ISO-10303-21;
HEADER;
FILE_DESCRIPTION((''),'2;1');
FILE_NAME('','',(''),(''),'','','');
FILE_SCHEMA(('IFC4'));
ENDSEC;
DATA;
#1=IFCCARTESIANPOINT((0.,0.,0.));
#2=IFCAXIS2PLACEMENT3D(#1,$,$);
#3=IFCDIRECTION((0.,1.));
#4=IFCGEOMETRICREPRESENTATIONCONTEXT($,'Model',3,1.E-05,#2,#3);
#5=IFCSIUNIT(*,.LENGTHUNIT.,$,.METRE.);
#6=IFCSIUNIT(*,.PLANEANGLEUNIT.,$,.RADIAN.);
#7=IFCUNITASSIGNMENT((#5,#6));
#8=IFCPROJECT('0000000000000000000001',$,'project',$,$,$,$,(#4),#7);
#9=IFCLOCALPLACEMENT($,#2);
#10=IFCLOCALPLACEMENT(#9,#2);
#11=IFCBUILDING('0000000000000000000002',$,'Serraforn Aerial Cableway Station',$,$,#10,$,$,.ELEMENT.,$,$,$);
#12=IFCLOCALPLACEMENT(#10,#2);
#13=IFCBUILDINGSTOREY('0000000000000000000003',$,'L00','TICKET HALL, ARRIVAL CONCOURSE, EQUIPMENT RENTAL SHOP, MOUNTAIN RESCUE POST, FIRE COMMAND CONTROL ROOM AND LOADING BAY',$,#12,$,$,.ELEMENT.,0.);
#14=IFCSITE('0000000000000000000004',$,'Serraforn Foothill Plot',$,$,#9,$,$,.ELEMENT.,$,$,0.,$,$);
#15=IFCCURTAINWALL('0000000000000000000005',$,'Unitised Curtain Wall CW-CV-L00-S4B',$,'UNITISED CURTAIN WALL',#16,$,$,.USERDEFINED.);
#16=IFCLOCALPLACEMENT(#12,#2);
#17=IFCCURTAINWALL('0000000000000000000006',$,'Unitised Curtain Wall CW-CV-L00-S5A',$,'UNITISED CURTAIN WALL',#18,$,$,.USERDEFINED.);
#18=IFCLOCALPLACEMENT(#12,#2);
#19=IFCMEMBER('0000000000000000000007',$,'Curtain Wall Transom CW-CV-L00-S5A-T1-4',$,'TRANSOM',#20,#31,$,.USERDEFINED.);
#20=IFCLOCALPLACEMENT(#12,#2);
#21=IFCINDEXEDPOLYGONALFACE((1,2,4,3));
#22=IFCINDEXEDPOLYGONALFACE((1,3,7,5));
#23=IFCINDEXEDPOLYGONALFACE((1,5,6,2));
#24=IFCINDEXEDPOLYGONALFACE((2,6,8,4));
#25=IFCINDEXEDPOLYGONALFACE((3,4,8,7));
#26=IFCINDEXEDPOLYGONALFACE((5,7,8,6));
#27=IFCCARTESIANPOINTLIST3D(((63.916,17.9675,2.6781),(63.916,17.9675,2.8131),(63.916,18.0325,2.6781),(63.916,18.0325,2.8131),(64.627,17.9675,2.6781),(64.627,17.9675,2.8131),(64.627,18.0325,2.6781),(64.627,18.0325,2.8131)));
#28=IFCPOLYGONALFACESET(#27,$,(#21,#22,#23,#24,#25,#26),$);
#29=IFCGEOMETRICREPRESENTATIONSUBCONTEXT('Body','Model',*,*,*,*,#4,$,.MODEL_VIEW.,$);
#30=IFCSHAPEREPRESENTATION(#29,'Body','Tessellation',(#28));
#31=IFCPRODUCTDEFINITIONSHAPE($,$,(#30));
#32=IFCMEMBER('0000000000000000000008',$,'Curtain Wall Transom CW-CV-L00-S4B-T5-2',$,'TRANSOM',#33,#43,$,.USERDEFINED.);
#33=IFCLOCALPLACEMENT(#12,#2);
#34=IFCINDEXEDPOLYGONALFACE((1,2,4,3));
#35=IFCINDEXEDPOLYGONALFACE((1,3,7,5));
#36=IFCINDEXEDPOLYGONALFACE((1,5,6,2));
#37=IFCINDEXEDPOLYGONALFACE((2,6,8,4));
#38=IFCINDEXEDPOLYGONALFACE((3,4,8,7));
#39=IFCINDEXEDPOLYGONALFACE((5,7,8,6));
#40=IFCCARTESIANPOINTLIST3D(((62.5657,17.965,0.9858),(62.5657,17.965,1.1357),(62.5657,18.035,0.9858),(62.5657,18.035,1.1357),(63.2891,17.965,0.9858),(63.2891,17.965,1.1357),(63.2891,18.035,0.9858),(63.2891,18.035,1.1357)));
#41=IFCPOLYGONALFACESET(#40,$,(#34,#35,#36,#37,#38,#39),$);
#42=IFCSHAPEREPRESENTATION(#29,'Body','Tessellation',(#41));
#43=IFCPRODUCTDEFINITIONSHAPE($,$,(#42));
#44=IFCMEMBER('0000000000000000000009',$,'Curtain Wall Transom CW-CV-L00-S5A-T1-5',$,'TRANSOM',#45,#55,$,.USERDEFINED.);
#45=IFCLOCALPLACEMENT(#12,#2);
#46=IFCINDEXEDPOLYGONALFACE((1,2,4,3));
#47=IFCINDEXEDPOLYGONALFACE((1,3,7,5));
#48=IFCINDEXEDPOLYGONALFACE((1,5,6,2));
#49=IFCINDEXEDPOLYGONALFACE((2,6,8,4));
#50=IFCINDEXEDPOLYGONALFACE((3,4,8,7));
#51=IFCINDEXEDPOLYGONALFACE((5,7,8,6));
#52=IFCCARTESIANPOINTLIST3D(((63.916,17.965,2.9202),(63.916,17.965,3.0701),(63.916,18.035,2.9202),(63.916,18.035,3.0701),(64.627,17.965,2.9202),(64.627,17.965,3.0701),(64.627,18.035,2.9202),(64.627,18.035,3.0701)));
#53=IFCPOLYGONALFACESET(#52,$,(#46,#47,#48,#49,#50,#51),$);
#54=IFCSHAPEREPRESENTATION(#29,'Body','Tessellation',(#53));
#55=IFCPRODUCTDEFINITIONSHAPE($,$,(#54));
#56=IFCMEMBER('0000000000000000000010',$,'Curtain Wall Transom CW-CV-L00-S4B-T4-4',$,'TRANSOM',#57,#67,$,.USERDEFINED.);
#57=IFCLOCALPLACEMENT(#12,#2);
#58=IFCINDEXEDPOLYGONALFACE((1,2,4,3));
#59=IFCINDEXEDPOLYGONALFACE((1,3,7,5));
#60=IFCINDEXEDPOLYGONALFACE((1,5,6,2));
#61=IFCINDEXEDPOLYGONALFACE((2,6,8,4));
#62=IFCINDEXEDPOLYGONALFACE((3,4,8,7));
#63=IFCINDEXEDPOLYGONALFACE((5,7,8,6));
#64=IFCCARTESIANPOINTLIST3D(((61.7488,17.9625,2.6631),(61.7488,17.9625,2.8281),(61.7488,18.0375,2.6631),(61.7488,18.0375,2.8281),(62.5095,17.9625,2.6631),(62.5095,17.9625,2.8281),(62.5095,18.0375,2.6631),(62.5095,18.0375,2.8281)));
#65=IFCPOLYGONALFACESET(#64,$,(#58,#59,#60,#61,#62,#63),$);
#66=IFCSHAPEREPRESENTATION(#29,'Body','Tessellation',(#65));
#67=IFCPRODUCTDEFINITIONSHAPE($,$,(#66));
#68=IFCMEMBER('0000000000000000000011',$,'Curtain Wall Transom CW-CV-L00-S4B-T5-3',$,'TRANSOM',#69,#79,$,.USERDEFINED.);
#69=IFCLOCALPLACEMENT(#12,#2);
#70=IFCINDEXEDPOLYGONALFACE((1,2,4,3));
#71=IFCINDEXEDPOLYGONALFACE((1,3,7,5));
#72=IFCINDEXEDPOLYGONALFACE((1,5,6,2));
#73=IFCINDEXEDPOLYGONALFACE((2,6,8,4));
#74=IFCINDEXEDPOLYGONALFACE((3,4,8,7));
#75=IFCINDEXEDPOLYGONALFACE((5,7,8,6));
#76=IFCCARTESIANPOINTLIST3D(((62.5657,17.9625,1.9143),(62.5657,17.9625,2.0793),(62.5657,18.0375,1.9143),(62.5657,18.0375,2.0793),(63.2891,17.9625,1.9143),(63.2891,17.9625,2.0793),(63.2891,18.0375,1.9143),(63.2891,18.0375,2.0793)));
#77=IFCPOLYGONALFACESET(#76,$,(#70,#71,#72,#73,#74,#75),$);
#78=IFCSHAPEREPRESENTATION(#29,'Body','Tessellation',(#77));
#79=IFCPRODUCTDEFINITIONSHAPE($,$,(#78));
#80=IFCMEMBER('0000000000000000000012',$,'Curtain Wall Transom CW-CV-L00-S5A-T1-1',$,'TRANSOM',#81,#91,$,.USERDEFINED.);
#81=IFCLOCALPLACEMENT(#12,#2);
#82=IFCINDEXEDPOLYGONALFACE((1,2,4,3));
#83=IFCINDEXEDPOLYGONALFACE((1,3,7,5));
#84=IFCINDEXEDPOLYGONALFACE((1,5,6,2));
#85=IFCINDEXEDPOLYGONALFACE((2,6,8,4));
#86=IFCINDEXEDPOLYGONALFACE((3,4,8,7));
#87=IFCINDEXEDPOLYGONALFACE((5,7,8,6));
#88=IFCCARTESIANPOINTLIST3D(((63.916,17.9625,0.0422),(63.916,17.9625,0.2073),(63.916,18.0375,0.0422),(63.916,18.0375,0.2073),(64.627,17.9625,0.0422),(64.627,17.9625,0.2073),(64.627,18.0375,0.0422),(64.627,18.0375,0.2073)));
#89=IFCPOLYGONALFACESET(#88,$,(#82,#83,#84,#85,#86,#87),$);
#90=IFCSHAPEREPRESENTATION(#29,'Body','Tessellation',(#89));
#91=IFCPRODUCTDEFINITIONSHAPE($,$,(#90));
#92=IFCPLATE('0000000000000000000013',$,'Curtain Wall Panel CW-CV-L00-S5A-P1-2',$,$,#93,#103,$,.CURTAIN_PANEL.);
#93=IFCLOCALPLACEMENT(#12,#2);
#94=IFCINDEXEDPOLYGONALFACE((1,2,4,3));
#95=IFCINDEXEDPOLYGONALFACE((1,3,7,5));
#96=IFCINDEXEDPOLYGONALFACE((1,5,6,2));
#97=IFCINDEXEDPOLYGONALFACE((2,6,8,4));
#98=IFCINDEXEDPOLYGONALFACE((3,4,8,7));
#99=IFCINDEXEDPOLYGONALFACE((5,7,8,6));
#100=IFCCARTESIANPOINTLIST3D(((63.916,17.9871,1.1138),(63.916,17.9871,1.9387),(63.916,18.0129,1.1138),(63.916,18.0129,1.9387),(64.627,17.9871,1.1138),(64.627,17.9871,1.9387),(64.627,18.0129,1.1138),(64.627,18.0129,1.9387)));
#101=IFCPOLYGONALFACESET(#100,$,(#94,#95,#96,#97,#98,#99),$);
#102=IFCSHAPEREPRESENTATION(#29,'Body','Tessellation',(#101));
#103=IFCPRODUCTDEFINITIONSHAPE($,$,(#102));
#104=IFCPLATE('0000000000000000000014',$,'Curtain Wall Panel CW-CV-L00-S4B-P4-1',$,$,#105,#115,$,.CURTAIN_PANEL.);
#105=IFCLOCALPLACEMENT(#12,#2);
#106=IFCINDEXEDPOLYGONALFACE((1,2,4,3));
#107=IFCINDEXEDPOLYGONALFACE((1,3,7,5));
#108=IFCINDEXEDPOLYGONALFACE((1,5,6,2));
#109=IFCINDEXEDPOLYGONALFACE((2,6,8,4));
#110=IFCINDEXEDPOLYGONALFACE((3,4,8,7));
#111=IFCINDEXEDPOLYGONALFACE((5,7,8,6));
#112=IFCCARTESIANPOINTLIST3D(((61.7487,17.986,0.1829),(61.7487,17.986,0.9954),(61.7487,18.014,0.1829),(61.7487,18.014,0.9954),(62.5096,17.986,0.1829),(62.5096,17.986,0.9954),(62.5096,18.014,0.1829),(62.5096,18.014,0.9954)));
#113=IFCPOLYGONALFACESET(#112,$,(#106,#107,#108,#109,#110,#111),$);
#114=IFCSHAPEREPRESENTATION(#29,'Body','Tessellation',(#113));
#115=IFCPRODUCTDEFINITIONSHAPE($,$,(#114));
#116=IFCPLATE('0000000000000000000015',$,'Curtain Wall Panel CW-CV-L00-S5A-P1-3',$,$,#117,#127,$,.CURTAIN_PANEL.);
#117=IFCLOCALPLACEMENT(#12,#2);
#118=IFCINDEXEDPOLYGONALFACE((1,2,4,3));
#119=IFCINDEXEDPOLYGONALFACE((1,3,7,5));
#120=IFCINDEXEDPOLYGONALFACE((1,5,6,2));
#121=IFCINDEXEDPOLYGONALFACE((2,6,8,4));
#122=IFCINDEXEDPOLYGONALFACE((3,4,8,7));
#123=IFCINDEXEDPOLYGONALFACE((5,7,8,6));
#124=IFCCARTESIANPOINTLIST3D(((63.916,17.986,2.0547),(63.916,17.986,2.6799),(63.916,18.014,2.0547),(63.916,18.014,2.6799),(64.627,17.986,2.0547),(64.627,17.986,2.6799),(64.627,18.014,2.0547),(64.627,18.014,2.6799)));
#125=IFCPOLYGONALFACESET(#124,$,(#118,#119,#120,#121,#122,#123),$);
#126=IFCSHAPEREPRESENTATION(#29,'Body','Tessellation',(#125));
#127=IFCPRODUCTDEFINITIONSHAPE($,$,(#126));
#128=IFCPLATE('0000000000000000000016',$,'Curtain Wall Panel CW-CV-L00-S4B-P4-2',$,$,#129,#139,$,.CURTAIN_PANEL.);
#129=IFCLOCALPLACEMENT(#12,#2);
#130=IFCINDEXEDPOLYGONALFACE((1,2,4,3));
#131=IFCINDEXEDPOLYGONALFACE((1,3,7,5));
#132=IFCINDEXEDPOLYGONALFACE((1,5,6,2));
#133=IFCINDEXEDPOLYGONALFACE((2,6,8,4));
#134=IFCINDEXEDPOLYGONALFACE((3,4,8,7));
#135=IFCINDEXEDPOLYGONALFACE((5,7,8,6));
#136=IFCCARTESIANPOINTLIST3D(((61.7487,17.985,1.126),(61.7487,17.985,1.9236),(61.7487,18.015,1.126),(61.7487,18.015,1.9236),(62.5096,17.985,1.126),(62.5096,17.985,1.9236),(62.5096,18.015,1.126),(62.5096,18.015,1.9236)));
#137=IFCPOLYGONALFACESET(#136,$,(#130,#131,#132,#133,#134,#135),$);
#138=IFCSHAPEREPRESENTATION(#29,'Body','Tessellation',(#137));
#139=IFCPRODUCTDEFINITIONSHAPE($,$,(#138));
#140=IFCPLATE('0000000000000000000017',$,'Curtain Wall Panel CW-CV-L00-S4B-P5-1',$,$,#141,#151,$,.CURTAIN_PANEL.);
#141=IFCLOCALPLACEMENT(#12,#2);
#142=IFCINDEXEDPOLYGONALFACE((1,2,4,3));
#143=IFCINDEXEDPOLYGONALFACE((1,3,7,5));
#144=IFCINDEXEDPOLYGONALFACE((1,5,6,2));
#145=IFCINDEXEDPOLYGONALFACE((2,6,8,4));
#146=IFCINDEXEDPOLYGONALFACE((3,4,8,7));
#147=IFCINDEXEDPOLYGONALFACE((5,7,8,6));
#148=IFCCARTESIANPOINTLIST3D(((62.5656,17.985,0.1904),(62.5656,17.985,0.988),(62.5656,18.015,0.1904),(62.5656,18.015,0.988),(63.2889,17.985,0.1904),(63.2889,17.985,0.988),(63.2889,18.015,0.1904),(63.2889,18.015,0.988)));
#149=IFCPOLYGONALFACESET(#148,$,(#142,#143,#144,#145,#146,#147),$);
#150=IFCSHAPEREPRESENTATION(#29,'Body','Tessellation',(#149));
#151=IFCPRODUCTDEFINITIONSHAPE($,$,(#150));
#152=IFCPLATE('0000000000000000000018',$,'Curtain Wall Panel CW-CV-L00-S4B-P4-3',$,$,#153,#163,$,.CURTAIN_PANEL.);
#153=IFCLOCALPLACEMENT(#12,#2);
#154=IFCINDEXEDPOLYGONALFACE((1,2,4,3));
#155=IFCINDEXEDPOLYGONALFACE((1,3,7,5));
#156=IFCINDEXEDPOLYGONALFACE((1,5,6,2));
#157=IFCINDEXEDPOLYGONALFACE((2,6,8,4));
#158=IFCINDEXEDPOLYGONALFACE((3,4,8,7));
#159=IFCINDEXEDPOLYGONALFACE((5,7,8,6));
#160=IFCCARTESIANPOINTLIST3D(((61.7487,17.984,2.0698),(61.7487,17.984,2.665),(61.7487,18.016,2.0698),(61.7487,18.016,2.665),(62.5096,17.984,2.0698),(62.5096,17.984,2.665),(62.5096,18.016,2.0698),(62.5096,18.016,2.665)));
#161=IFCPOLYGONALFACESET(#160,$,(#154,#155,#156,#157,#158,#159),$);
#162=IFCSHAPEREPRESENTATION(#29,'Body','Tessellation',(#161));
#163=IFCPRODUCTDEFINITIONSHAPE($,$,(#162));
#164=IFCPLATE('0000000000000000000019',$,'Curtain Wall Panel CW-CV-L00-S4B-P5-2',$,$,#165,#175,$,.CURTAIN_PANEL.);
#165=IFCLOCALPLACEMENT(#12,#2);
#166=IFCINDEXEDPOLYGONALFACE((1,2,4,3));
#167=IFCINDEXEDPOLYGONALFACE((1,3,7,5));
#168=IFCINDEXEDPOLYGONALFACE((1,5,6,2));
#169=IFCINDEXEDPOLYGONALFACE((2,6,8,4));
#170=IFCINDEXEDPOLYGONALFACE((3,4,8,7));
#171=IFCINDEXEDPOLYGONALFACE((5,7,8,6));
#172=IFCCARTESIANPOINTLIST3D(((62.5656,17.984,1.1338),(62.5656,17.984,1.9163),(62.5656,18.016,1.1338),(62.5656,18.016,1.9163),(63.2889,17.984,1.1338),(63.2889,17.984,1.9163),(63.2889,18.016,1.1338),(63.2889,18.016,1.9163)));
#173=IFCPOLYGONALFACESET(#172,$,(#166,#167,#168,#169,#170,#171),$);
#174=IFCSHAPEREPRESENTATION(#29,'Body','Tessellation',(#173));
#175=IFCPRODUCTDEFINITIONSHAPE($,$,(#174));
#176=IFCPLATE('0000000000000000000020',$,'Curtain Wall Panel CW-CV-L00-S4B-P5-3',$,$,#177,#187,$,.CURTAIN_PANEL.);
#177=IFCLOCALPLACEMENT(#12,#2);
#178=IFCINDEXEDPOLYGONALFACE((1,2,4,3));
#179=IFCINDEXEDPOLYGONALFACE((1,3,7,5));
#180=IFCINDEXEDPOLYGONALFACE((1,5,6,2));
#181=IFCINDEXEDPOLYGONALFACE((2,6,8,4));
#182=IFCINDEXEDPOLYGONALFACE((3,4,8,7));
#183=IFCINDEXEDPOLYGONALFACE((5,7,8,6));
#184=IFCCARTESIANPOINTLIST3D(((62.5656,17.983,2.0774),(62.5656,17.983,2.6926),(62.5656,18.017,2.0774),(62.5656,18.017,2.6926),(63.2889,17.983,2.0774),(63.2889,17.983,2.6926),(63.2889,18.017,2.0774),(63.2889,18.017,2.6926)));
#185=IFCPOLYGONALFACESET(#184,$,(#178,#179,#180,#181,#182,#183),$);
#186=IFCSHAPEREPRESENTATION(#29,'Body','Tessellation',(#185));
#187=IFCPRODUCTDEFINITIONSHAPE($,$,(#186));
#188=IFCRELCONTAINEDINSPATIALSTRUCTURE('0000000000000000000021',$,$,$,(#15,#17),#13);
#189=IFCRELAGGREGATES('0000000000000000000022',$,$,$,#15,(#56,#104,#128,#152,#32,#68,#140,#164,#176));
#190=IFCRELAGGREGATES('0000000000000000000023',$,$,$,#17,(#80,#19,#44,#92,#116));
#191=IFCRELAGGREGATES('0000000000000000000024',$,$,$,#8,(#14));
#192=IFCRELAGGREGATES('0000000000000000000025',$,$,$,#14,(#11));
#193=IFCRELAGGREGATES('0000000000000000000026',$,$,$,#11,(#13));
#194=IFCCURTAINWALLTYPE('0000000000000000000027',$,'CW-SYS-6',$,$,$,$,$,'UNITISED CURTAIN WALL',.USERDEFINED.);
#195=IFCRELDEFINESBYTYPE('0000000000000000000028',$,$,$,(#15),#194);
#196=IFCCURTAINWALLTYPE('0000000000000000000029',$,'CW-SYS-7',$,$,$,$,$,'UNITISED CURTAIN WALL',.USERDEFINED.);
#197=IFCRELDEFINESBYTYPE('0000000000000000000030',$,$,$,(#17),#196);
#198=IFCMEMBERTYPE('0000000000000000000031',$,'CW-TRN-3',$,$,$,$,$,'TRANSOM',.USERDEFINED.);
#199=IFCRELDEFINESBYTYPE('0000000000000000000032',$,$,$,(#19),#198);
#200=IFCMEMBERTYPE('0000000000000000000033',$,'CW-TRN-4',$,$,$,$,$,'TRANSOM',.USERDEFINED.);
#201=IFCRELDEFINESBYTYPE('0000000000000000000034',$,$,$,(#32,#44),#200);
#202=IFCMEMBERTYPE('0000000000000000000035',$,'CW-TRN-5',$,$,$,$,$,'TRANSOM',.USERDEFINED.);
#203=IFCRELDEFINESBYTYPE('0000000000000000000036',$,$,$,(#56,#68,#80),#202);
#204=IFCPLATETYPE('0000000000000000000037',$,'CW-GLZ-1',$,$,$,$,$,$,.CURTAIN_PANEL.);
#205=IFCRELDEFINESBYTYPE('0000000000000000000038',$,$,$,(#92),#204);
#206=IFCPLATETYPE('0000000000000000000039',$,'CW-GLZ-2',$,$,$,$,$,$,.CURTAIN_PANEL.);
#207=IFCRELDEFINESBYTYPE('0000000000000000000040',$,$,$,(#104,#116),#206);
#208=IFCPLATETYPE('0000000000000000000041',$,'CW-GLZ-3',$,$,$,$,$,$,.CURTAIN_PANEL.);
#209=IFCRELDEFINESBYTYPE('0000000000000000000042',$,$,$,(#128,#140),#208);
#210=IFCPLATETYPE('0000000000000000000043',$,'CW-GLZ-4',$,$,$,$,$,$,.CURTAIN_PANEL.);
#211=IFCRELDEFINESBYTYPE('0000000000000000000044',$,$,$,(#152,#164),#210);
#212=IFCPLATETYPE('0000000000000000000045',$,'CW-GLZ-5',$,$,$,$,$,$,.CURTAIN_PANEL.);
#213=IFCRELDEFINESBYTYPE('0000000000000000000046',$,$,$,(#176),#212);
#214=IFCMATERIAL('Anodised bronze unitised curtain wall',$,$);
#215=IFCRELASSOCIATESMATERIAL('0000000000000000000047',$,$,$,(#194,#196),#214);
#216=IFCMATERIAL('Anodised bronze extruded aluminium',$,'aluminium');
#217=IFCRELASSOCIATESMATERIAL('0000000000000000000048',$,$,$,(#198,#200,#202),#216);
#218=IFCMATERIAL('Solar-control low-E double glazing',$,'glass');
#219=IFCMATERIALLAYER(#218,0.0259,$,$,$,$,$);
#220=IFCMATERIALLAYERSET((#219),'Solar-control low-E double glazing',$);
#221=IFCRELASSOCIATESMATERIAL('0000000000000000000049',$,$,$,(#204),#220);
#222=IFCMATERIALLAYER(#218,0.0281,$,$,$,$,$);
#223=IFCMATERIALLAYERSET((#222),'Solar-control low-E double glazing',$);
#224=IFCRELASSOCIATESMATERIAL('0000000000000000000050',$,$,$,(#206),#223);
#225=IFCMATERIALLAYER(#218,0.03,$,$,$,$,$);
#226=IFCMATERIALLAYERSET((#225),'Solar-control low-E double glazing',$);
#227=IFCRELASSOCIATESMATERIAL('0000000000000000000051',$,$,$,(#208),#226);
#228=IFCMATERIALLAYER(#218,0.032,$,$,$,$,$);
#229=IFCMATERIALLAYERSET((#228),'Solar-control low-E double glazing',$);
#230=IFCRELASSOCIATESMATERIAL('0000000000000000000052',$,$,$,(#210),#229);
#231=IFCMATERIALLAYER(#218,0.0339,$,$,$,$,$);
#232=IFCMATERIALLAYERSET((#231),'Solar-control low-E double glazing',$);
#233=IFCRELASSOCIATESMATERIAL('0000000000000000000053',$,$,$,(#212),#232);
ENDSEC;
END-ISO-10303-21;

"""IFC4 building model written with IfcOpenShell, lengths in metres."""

from ifc_helpers import new_model, si_unit, direction, frame, origin, origin_2d, place, context, subcontext, project, spatial, rectangle, extrude, material, layer, layer_set, material_profile, profile_set, type_object, element, aggregate, save


model = new_model("IFC4")

# Units and contexts
model_context = context("Model", 3, precision=1e-05, world=origin(), true_north=direction((0.0, 1.0)))
body_context = subcontext(model_context, "Body", "Model", "MODEL_VIEW")
ifc_project = project(units=[si_unit("LENGTHUNIT", "METRE"), si_unit("PLANEANGLEUNIT", "RADIAN")], contexts=[model_context])

# Site, building, storey
site_placement = place(None, origin())
site = spatial("IfcSite", under=ifc_project, at=site_placement, Name="Serraforn Foothill Plot", CompositionType="ELEMENT", RefElevation=0.0)
building_placement = place(site_placement, origin())
building = spatial("IfcBuilding", under=site, at=building_placement, Name="Serraforn Aerial Cableway Station", CompositionType="ELEMENT")
storey_placement = place(building_placement, origin())
storey = spatial("IfcBuildingStorey", under=building, at=storey_placement, Name="L00", Description="TICKET HALL, ARRIVAL CONCOURSE, EQUIPMENT RENTAL SHOP, MOUNTAIN RESCUE POST, FIRE COMMAND CONTROL ROOM AND LOADING BAY", CompositionType="ELEMENT", Elevation=0.0)

# Curtain walls
ifc_material_1 = material(Name="Anodised bronze unitised curtain wall")
curtain_wall_type_1 = type_object("IfcCurtainWallType", Name="CW-SYS-6", ElementType="UNITISED CURTAIN WALL", PredefinedType="USERDEFINED", material=ifc_material_1)
curtain_wall_1_placement = place(storey_placement, origin())
curtain_wall_1 = element("IfcCurtainWall", 1, at=curtain_wall_1_placement, inside=storey, type_object=curtain_wall_type_1, Name="Unitised Curtain Wall CW-CV-L00-S4B", ObjectType="UNITISED CURTAIN WALL", PredefinedType="USERDEFINED")
ifc_material_2 = material(Name="Anodised bronze extruded aluminium", Category="aluminium")
curtain_wall_type_2 = type_object("IfcCurtainWallType", Name="CW-SYS-7", ElementType="UNITISED CURTAIN WALL", PredefinedType="USERDEFINED", material=ifc_material_1)
curtain_wall_2_placement = place(storey_placement, origin())
curtain_wall_2 = element("IfcCurtainWall", 2, at=curtain_wall_2_placement, inside=storey, type_object=curtain_wall_type_2, Name="Unitised Curtain Wall CW-CV-L00-S5A", ObjectType="UNITISED CURTAIN WALL", PredefinedType="USERDEFINED")

# Members
ifc_material_profile_1 = material_profile(ifc_material_2, rectangle(XDim=0.0649, YDim=0.135, at=origin_2d()), Name="CW TRANSOM 65x135")
ifc_profile_set_1 = profile_set([ifc_material_profile_1], Name="Anodised bronze extruded aluminium")
member_type_1 = type_object("IfcMemberType", Name="CW-TRN-3", ElementType="TRANSOM", PredefinedType="USERDEFINED", material=ifc_profile_set_1)
member_1_placement = place(storey_placement, frame((63.916, 18.0, 2.7456), z_axis=(1.0, 0.0, 0.0), x_axis=(0.0, 1.0, 0.0)))
member_1 = element("IfcMember", 3, at=member_1_placement, type_object=member_type_1, Name="Curtain Wall Transom CW-CV-L00-S5A-T1-4", ObjectType="TRANSOM", PredefinedType="USERDEFINED", context=body_context, shape_type="SweptSolid", body=[
    extrude(rectangle(XDim=0.0649, YDim=0.135, at=origin_2d()), origin(), (0.0, 0.0, 1.0), 0.7109),
])
ifc_material_profile_2 = material_profile(ifc_material_2, rectangle(XDim=0.0701, YDim=0.1499, at=origin_2d()), Name="CW TRANSOM 70x150")
ifc_profile_set_2 = profile_set([ifc_material_profile_2], Name="Anodised bronze extruded aluminium")
member_type_2 = type_object("IfcMemberType", Name="CW-TRN-4", ElementType="TRANSOM", PredefinedType="USERDEFINED", material=ifc_profile_set_2)
member_2_placement = place(storey_placement, frame((62.5657, 18.0, 1.0608), z_axis=(1.0, 0.0, 0.0), x_axis=(0.0, 1.0, 0.0)))
member_2 = element("IfcMember", 4, at=member_2_placement, type_object=member_type_2, Name="Curtain Wall Transom CW-CV-L00-S4B-T5-2", ObjectType="TRANSOM", PredefinedType="USERDEFINED", context=body_context, shape_type="SweptSolid", body=[
    extrude(rectangle(XDim=0.0701, YDim=0.1499, at=origin_2d()), origin(), (0.0, 0.0, 1.0), 0.7234),
])
member_3_placement = place(storey_placement, frame((63.916, 18.0, 2.9951), z_axis=(1.0, 0.0, 0.0), x_axis=(0.0, 1.0, 0.0)))
member_3 = element("IfcMember", 5, at=member_3_placement, type_object=member_type_2, Name="Curtain Wall Transom CW-CV-L00-S5A-T1-5", ObjectType="TRANSOM", PredefinedType="USERDEFINED", context=body_context, shape_type="SweptSolid", body=[
    extrude(rectangle(XDim=0.0701, YDim=0.1499, at=origin_2d()), origin(), (0.0, 0.0, 1.0), 0.7109),
])
ifc_material_profile_3 = material_profile(ifc_material_2, rectangle(XDim=0.075, YDim=0.165, at=origin_2d()), Name="CW TRANSOM 75x165")
ifc_profile_set_3 = profile_set([ifc_material_profile_3], Name="Anodised bronze extruded aluminium")
member_type_3 = type_object("IfcMemberType", Name="CW-TRN-5", ElementType="TRANSOM", PredefinedType="USERDEFINED", material=ifc_profile_set_3)
member_4_placement = place(storey_placement, frame((61.7488, 18.0, 2.7456), z_axis=(1.0, 0.0, 0.0), x_axis=(0.0, 1.0, 0.0)))
member_4 = element("IfcMember", 6, at=member_4_placement, type_object=member_type_3, Name="Curtain Wall Transom CW-CV-L00-S4B-T4-4", ObjectType="TRANSOM", PredefinedType="USERDEFINED", context=body_context, shape_type="SweptSolid", body=[
    extrude(rectangle(XDim=0.075, YDim=0.165, at=origin_2d()), origin(), (0.0, 0.0, 1.0), 0.7607),
])
member_5_placement = place(storey_placement, frame((62.5657, 18.0, 1.9968), z_axis=(1.0, 0.0, 0.0), x_axis=(0.0, 1.0, 0.0)))
member_5 = element("IfcMember", 7, at=member_5_placement, type_object=member_type_3, Name="Curtain Wall Transom CW-CV-L00-S4B-T5-3", ObjectType="TRANSOM", PredefinedType="USERDEFINED", context=body_context, shape_type="SweptSolid", body=[
    extrude(rectangle(XDim=0.075, YDim=0.165, at=origin_2d()), origin(), (0.0, 0.0, 1.0), 0.7234),
])
member_6_placement = place(storey_placement, frame((63.916, 18.0, 0.1248), z_axis=(1.0, 0.0, 0.0), x_axis=(0.0, 1.0, 0.0)))
member_6 = element("IfcMember", 8, at=member_6_placement, type_object=member_type_3, Name="Curtain Wall Transom CW-CV-L00-S5A-T1-1", ObjectType="TRANSOM", PredefinedType="USERDEFINED", context=body_context, shape_type="SweptSolid", body=[
    extrude(rectangle(XDim=0.075, YDim=0.165, at=origin_2d()), origin(), (0.0, 0.0, 1.0), 0.7109),
])

# Plates
ifc_material_3 = material(Name="Solar-control low-E double glazing", Category="glass")
ifc_layer_1 = layer(ifc_material_3, 0.0259)
ifc_layer_set_1 = layer_set([ifc_layer_1], Name="Solar-control low-E double glazing")
plate_type_1 = type_object("IfcPlateType", Name="CW-GLZ-1", PredefinedType="CURTAIN_PANEL", material=ifc_layer_set_1)
plate_1_placement = place(storey_placement, frame((64.2715, 18.0, 1.1138), z_axis=(0.0, 0.0, 1.0), x_axis=(1.0, 0.0, 0.0)))
plate_1 = element("IfcPlate", 9, at=plate_1_placement, type_object=plate_type_1, Name="Curtain Wall Panel CW-CV-L00-S5A-P1-2", PredefinedType="CURTAIN_PANEL", context=body_context, shape_type="SweptSolid", body=[
    extrude(rectangle(XDim=0.7109, YDim=0.0259, at=origin_2d()), origin(), (0.0, 0.0, 1.0), 0.825),
])
ifc_layer_2 = layer(ifc_material_3, 0.0281)
ifc_layer_set_2 = layer_set([ifc_layer_2], Name="Solar-control low-E double glazing")
plate_type_2 = type_object("IfcPlateType", Name="CW-GLZ-2", PredefinedType="CURTAIN_PANEL", material=ifc_layer_set_2)
plate_2_placement = place(storey_placement, frame((62.1292, 18.0, 0.1829), z_axis=(0.0, 0.0, 1.0), x_axis=(1.0, 0.0, 0.0)))
plate_2 = element("IfcPlate", 10, at=plate_2_placement, type_object=plate_type_2, Name="Curtain Wall Panel CW-CV-L00-S4B-P4-1", PredefinedType="CURTAIN_PANEL", context=body_context, shape_type="SweptSolid", body=[
    extrude(rectangle(XDim=0.761, YDim=0.0281, at=origin_2d()), origin(), (0.0, 0.0, 1.0), 0.8125),
])
plate_3_placement = place(storey_placement, frame((64.2715, 18.0, 2.0547), z_axis=(0.0, 0.0, 1.0), x_axis=(1.0, 0.0, 0.0)))
plate_3 = element("IfcPlate", 11, at=plate_3_placement, type_object=plate_type_2, Name="Curtain Wall Panel CW-CV-L00-S5A-P1-3", PredefinedType="CURTAIN_PANEL", context=body_context, shape_type="SweptSolid", body=[
    extrude(rectangle(XDim=0.7109, YDim=0.0281, at=origin_2d()), origin(), (0.0, 0.0, 1.0), 0.6252),
])
ifc_layer_3 = layer(ifc_material_3, 0.03)
ifc_layer_set_3 = layer_set([ifc_layer_3], Name="Solar-control low-E double glazing")
plate_type_3 = type_object("IfcPlateType", Name="CW-GLZ-3", PredefinedType="CURTAIN_PANEL", material=ifc_layer_set_3)
plate_4_placement = place(storey_placement, frame((62.1292, 18.0, 1.126), z_axis=(0.0, 0.0, 1.0), x_axis=(1.0, 0.0, 0.0)))
plate_4 = element("IfcPlate", 12, at=plate_4_placement, type_object=plate_type_3, Name="Curtain Wall Panel CW-CV-L00-S4B-P4-2", PredefinedType="CURTAIN_PANEL", context=body_context, shape_type="SweptSolid", body=[
    extrude(rectangle(XDim=0.761, YDim=0.03, at=origin_2d()), origin(), (0.0, 0.0, 1.0), 0.7976),
])
plate_5_placement = place(storey_placement, frame((62.9272, 18.0, 0.1904), z_axis=(0.0, 0.0, 1.0), x_axis=(1.0, 0.0, 0.0)))
plate_5 = element("IfcPlate", 13, at=plate_5_placement, type_object=plate_type_3, Name="Curtain Wall Panel CW-CV-L00-S4B-P5-1", PredefinedType="CURTAIN_PANEL", context=body_context, shape_type="SweptSolid", body=[
    extrude(rectangle(XDim=0.7234, YDim=0.03, at=origin_2d()), origin(), (0.0, 0.0, 1.0), 0.7976),
])
ifc_layer_4 = layer(ifc_material_3, 0.032)
ifc_layer_set_4 = layer_set([ifc_layer_4], Name="Solar-control low-E double glazing")
plate_type_4 = type_object("IfcPlateType", Name="CW-GLZ-4", PredefinedType="CURTAIN_PANEL", material=ifc_layer_set_4)
plate_6_placement = place(storey_placement, frame((62.1292, 18.0, 2.0698), z_axis=(0.0, 0.0, 1.0), x_axis=(1.0, 0.0, 0.0)))
plate_6 = element("IfcPlate", 14, at=plate_6_placement, type_object=plate_type_4, Name="Curtain Wall Panel CW-CV-L00-S4B-P4-3", PredefinedType="CURTAIN_PANEL", context=body_context, shape_type="SweptSolid", body=[
    extrude(rectangle(XDim=0.761, YDim=0.032, at=origin_2d()), origin(), (0.0, 0.0, 1.0), 0.5952),
])
plate_7_placement = place(storey_placement, frame((62.9272, 18.0, 1.1338), z_axis=(0.0, 0.0, 1.0), x_axis=(1.0, 0.0, 0.0)))
plate_7 = element("IfcPlate", 15, at=plate_7_placement, type_object=plate_type_4, Name="Curtain Wall Panel CW-CV-L00-S4B-P5-2", PredefinedType="CURTAIN_PANEL", context=body_context, shape_type="SweptSolid", body=[
    extrude(rectangle(XDim=0.7234, YDim=0.032, at=origin_2d()), origin(), (0.0, 0.0, 1.0), 0.7825),
])
ifc_layer_5 = layer(ifc_material_3, 0.0339)
ifc_layer_set_5 = layer_set([ifc_layer_5], Name="Solar-control low-E double glazing")
plate_type_5 = type_object("IfcPlateType", Name="CW-GLZ-5", PredefinedType="CURTAIN_PANEL", material=ifc_layer_set_5)
plate_8_placement = place(storey_placement, frame((62.9272, 18.0, 2.0774), z_axis=(0.0, 0.0, 1.0), x_axis=(1.0, 0.0, 0.0)))
plate_8 = element("IfcPlate", 16, at=plate_8_placement, type_object=plate_type_5, Name="Curtain Wall Panel CW-CV-L00-S4B-P5-3", PredefinedType="CURTAIN_PANEL", context=body_context, shape_type="SweptSolid", body=[
    extrude(rectangle(XDim=0.7234, YDim=0.0339, at=origin_2d()), origin(), (0.0, 0.0, 1.0), 0.6152),
])
aggregate(curtain_wall_1, [member_4, plate_2, plate_4, plate_6, member_2, member_5, plate_5, plate_7, plate_8])
aggregate(curtain_wall_2, [member_6, member_1, member_3, plate_1, plate_3])

save(model, "model.ifc")
